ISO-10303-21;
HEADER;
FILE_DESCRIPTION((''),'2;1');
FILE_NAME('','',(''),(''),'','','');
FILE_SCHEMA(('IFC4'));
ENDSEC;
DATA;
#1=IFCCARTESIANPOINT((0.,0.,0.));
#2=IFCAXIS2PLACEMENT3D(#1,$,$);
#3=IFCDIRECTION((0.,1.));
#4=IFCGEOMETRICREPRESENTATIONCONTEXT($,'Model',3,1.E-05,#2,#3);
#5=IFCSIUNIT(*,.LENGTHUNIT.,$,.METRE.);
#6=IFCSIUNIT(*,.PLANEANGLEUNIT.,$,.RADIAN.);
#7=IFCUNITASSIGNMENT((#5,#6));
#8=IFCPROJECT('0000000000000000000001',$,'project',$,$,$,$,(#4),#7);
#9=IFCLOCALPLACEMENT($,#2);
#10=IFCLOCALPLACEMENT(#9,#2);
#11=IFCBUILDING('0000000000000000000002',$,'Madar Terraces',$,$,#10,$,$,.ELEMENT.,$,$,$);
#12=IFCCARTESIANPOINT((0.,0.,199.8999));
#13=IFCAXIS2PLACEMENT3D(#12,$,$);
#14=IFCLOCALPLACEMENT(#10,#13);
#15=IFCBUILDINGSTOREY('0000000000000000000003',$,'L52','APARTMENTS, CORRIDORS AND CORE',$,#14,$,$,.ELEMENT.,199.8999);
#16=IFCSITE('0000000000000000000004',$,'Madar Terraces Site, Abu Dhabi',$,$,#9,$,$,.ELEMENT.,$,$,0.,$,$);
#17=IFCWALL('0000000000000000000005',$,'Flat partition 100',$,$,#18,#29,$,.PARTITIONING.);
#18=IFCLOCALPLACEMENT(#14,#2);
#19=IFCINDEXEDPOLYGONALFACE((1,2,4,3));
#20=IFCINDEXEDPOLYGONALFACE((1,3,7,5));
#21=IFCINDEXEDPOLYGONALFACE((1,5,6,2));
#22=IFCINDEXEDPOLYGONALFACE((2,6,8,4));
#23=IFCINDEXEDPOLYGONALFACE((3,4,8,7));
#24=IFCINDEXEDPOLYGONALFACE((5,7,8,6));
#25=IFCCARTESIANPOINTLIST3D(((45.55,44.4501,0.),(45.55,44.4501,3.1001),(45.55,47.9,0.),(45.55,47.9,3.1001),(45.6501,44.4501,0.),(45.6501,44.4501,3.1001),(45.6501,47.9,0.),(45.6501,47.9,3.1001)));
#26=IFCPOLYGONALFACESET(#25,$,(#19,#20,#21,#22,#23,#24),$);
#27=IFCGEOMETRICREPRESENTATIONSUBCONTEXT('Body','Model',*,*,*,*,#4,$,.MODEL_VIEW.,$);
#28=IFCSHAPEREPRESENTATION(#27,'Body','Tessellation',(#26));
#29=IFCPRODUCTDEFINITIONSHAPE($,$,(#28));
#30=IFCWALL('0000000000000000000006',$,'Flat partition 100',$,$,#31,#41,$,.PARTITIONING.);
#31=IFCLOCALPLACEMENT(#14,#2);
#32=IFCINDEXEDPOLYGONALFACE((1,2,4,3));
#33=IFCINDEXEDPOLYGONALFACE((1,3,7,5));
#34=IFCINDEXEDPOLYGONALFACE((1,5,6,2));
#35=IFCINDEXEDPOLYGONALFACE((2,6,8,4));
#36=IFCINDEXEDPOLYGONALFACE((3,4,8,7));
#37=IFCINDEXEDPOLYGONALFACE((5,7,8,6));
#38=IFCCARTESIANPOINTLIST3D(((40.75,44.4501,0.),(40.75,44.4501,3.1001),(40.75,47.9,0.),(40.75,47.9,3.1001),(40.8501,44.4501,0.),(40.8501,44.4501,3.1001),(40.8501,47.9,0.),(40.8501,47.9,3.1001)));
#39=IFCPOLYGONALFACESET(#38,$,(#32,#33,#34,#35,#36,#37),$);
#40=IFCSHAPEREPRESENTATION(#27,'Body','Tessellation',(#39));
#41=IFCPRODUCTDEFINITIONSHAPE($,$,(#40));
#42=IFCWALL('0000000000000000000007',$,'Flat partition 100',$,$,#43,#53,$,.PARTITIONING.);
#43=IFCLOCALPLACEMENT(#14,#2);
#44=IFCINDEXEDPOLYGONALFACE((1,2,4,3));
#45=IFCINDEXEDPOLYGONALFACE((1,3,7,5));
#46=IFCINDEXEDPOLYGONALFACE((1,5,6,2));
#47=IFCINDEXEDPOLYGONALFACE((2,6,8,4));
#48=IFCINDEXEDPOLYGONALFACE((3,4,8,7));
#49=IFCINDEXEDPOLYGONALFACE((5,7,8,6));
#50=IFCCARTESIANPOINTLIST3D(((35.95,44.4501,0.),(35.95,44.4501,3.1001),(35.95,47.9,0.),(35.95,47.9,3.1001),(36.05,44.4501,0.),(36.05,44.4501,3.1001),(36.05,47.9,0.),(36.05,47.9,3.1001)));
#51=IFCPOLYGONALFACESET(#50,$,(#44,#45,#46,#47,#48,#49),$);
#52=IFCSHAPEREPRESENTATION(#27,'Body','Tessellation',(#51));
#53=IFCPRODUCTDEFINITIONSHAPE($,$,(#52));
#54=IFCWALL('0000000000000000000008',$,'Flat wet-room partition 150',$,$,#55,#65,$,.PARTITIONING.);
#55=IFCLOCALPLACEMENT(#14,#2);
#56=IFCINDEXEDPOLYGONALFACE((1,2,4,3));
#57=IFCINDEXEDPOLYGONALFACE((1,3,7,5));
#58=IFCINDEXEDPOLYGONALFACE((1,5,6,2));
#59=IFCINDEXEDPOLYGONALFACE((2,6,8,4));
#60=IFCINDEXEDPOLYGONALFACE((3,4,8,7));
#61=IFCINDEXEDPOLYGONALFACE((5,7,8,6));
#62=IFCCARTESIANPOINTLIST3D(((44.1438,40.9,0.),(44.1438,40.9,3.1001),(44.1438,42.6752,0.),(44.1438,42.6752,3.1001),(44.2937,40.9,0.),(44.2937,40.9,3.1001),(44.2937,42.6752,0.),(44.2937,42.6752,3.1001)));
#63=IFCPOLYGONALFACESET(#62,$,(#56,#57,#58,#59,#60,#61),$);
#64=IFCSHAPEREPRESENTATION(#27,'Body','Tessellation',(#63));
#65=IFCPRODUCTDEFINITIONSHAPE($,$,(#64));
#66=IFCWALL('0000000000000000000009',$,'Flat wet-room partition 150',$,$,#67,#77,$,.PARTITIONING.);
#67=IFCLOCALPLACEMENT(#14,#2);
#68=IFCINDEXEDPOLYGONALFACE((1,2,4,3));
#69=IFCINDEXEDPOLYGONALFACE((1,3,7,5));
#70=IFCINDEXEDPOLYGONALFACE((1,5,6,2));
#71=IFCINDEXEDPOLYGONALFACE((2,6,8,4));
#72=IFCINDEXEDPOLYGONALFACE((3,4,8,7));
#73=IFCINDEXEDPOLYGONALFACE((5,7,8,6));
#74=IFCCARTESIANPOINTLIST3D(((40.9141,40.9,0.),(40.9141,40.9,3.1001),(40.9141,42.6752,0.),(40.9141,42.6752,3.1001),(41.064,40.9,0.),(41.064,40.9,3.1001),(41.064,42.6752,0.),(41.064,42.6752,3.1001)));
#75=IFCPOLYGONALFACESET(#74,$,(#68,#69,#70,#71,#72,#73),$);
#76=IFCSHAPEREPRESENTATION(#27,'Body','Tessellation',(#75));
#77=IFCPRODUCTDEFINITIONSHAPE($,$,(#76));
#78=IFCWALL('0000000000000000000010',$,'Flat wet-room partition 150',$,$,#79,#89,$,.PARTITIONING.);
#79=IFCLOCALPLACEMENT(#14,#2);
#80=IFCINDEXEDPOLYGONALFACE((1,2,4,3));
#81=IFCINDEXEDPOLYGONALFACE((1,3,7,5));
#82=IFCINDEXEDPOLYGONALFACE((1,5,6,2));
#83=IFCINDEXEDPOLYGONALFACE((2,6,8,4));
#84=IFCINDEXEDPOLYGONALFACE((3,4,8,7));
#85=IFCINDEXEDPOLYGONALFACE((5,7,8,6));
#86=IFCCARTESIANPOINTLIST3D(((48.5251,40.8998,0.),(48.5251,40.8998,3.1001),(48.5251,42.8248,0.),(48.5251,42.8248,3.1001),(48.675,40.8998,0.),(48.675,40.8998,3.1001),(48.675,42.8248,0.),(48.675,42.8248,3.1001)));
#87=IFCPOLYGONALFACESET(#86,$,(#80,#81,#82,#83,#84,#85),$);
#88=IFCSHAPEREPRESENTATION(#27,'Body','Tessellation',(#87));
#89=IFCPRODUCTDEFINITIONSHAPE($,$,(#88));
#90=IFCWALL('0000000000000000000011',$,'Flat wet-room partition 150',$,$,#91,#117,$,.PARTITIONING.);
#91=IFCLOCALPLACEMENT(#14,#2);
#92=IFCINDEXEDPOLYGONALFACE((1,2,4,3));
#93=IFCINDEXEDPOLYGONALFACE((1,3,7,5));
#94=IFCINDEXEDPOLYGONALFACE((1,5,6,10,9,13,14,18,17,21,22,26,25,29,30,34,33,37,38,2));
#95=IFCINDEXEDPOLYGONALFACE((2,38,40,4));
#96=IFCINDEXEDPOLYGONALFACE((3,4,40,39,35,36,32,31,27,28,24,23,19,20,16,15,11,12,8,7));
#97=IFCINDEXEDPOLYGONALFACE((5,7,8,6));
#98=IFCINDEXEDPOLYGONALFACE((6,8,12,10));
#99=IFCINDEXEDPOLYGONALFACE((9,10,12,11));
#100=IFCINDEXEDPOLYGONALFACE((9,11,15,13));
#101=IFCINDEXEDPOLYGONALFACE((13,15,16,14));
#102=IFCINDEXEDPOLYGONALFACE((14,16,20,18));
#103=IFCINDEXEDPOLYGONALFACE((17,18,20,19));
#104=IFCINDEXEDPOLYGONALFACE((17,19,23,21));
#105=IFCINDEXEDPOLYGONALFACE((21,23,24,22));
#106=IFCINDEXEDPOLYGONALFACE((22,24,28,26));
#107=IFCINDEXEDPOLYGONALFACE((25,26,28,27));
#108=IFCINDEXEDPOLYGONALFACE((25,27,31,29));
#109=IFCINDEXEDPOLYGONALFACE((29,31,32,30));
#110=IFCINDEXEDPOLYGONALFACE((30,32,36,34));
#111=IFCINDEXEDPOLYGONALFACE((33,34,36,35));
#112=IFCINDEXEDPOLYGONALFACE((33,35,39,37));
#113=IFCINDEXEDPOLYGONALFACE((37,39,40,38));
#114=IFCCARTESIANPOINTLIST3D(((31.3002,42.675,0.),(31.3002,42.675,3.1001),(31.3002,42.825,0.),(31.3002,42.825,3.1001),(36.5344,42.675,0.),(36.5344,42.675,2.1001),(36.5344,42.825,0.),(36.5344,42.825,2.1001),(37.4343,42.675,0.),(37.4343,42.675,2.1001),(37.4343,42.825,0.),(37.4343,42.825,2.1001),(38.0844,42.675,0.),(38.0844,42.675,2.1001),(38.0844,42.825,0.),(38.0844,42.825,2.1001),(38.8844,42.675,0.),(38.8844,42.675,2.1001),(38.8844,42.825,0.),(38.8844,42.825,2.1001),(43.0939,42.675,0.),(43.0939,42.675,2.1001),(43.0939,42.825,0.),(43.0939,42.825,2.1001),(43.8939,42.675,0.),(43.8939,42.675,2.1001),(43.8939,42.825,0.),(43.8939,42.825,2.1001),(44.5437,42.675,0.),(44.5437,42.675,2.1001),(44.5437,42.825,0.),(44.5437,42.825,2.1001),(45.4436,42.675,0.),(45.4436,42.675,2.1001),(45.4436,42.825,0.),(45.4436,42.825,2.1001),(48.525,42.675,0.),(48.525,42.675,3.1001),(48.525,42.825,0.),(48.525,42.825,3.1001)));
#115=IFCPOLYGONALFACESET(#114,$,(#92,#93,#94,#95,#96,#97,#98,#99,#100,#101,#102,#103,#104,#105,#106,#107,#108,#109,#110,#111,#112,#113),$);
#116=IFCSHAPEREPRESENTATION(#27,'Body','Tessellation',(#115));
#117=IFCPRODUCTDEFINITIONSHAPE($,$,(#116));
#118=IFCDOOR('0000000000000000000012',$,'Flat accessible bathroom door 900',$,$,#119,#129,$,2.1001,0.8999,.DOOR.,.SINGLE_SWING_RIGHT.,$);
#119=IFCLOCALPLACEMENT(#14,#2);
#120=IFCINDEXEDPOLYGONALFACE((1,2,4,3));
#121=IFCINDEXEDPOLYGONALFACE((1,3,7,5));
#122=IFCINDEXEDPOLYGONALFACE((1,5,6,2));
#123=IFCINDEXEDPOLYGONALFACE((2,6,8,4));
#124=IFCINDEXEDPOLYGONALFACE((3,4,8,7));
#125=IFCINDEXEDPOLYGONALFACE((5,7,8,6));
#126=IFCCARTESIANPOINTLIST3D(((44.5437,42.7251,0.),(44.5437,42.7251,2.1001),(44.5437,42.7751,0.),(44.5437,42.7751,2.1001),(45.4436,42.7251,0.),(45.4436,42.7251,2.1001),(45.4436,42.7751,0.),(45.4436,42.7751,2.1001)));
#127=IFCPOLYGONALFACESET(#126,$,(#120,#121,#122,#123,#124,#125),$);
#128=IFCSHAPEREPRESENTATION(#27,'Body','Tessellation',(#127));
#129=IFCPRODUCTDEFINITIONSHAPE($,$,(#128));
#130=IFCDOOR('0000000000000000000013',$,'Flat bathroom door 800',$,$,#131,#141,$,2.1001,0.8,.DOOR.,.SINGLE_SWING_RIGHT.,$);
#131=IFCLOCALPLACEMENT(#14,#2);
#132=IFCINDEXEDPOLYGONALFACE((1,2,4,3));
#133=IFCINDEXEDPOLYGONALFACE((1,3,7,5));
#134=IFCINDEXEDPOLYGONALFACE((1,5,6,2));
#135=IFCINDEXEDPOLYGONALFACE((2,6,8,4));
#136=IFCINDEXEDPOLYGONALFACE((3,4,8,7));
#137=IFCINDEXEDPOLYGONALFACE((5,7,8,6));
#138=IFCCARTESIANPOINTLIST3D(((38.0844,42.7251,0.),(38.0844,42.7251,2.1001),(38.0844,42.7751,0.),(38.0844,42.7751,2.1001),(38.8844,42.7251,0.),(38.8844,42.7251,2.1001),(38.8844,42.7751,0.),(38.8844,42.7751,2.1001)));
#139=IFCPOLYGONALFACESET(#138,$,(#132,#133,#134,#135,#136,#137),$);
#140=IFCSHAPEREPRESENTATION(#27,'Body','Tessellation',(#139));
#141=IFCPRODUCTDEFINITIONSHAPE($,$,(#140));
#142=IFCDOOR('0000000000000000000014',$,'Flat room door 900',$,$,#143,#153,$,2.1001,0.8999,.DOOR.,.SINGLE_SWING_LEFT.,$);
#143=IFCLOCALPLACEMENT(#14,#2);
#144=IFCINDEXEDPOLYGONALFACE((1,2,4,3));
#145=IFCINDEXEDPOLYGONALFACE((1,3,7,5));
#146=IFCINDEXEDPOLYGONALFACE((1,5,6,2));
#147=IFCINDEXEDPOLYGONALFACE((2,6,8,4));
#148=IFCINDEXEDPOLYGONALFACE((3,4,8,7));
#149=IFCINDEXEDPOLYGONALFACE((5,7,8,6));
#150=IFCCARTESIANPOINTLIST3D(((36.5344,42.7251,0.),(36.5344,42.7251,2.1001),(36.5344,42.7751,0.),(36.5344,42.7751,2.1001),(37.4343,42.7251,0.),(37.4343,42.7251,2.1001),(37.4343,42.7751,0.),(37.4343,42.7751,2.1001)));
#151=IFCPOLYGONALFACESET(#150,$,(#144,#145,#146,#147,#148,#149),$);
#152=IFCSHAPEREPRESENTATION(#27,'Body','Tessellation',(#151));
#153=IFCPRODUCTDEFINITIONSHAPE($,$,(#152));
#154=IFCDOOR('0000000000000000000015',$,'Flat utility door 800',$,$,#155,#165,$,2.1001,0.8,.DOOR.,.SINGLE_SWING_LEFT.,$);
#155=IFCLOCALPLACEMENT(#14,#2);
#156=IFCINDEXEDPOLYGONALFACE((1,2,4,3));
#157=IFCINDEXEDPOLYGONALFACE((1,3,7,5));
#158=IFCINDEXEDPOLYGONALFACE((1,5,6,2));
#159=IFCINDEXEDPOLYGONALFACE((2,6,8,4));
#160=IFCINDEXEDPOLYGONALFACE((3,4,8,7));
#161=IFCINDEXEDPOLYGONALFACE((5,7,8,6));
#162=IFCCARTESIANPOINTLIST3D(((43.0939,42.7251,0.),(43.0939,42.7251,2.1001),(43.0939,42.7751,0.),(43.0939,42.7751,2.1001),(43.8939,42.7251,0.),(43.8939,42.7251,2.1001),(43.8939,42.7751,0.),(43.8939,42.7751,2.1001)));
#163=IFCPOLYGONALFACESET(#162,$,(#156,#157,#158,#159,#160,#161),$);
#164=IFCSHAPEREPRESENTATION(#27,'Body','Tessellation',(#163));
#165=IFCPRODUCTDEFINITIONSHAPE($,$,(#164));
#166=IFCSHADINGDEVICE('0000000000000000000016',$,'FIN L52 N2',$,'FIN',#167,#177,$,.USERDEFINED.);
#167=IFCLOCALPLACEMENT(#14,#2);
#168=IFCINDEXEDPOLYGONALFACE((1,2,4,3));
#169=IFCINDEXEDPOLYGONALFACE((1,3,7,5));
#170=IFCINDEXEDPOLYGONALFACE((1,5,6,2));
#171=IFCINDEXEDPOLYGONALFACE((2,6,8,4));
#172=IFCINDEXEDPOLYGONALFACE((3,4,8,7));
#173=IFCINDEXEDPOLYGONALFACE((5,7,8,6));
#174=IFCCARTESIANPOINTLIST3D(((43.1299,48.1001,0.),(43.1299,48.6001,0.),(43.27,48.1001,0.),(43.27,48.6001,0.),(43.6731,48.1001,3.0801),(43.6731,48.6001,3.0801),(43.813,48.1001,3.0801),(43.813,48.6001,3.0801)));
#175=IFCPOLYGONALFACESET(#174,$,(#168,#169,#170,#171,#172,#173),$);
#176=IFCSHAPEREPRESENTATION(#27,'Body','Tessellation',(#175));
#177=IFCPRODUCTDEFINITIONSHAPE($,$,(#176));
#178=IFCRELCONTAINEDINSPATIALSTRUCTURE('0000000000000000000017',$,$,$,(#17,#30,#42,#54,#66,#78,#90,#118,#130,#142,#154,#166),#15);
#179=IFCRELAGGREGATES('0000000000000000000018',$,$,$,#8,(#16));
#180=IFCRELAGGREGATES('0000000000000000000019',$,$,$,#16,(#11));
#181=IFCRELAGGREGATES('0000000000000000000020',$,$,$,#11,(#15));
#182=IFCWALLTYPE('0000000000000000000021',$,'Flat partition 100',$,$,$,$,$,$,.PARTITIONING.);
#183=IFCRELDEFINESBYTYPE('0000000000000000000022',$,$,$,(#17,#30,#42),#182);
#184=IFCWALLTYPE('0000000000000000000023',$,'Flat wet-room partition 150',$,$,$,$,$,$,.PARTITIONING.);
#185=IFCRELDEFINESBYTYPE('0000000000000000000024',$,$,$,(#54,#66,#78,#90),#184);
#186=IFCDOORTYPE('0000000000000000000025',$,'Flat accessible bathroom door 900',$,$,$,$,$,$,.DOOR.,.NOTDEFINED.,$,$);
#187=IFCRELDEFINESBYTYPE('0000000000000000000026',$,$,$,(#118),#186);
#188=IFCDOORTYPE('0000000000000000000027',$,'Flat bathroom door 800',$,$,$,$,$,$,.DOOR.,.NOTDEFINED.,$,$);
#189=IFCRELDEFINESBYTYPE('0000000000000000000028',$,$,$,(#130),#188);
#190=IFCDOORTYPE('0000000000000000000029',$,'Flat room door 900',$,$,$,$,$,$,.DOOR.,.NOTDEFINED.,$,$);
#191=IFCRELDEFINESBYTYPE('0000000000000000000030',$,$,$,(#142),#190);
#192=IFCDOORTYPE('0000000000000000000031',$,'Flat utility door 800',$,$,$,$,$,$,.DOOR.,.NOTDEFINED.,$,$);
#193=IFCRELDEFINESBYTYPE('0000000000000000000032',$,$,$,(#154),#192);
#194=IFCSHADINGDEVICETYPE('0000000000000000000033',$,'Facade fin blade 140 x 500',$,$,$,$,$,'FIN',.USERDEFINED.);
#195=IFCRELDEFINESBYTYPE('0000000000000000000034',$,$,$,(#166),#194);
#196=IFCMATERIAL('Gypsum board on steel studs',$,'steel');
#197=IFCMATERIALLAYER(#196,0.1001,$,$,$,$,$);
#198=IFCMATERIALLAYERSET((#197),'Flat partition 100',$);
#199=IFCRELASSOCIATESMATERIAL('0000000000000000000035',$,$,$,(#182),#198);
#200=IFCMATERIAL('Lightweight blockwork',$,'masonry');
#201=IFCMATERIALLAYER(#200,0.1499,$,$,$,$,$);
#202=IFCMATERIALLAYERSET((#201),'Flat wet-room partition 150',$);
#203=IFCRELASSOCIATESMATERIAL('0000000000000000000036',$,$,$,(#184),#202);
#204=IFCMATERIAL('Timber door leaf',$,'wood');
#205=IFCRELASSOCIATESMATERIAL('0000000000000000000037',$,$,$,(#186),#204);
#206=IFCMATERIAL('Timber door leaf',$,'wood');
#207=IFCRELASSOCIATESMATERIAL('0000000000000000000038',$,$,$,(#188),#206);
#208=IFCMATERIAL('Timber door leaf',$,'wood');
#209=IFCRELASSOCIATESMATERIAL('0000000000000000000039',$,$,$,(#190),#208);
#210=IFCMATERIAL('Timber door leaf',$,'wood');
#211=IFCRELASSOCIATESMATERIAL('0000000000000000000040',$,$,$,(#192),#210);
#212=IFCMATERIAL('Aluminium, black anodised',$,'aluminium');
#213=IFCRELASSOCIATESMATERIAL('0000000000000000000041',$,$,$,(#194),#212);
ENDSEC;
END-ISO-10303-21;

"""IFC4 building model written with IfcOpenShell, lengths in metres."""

from ifc_helpers import new_model, si_unit, direction, frame, frame_2d, origin, place, context, subcontext, project, spatial, polyline, rectangle, outline, extrude, material, layer, layer_set, type_object, element, fill, save


model = new_model("IFC4")

# Units and contexts
model_context = context("Model", 3, precision=1e-05, world=origin(), true_north=direction((0.0, 1.0)))
body_context = subcontext(model_context, "Body", "Model", "MODEL_VIEW")
ifc_project = project(units=[si_unit("LENGTHUNIT", "METRE"), si_unit("PLANEANGLEUNIT", "RADIAN")], contexts=[model_context])

# Site, building, storey
site_placement = place(None, origin())
site = spatial("IfcSite", under=ifc_project, at=site_placement, Name="Madar Terraces Site, Abu Dhabi", CompositionType="ELEMENT", RefElevation=0.0)
building_placement = place(site_placement, origin())
building = spatial("IfcBuilding", under=site, at=building_placement, Name="Madar Terraces", CompositionType="ELEMENT")
storey_placement = place(building_placement, frame((0.0, 0.0, 199.8999)))
storey = spatial("IfcBuildingStorey", under=building, at=storey_placement, Name="L52", Description="APARTMENTS, CORRIDORS AND CORE", CompositionType="ELEMENT", Elevation=199.8999)

# Walls
ifc_material_1 = material(Name="Gypsum board on steel studs", Category="steel")
ifc_layer_1 = layer(ifc_material_1, 0.1001)
ifc_layer_set_1 = layer_set([ifc_layer_1], Name="Flat partition 100")
wall_type_1 = type_object("IfcWallType", Name="Flat partition 100", PredefinedType="PARTITIONING", material=ifc_layer_set_1)
for number, where, z_axis, x_axis, name in (
    (1, (45.6001, 44.45, 0.0), (0.0, 0.0, 1.0), (0.0, 1.0, 0.0), "Flat partition 100"),
    (2, (40.8, 44.45, 0.0), (0.0, 0.0, 1.0), (0.0, 1.0, 0.0), "Flat partition 100"),
    (3, (36.0, 44.45, 0.0), (0.0, 0.0, 1.0), (0.0, 1.0, 0.0), "Flat partition 100"),
):
    element("IfcWall", number, at=place(storey_placement, frame(where, z_axis=z_axis, x_axis=x_axis)), inside=storey, type_object=wall_type_1, Name=name, PredefinedType="PARTITIONING", context=body_context, shape_type="SweptSolid", body=[
        extrude(rectangle(XDim=3.45, YDim=0.1001, at=frame_2d((1.7251, 0.0))), origin(), (0.0, 0.0, 1.0), 3.1001),
    ])
ifc_material_2 = material(Name="Lightweight blockwork", Category="masonry")
ifc_layer_2 = layer(ifc_material_2, 0.1499)
ifc_layer_set_2 = layer_set([ifc_layer_2], Name="Flat wet-room partition 150")
wall_type_2 = type_object("IfcWallType", Name="Flat wet-room partition 150", PredefinedType="PARTITIONING", material=ifc_layer_set_2)
for number, where, z_axis, x_axis, name in (
    (4, (44.2188, 40.8999, 0.0), (0.0, 0.0, 1.0), (0.0, 1.0, 0.0), "Flat wet-room partition 150"),
    (5, (40.989, 40.8999, 0.0), (0.0, 0.0, 1.0), (0.0, 1.0, 0.0), "Flat wet-room partition 150"),
):
    element("IfcWall", number, at=place(storey_placement, frame(where, z_axis=z_axis, x_axis=x_axis)), inside=storey, type_object=wall_type_2, Name=name, PredefinedType="PARTITIONING", context=body_context, shape_type="SweptSolid", body=[
        extrude(rectangle(XDim=1.7751, YDim=0.1499, at=frame_2d((0.8877, 0.0))), origin(), (0.0, 0.0, 1.0), 3.1001),
    ])
wall_1_placement = place(storey_placement, frame((48.6001, 40.8999, 0.0), z_axis=(0.0, 0.0, 1.0), x_axis=(0.0, 1.0, 0.0)))
element("IfcWall", 6, at=wall_1_placement, inside=storey, type_object=wall_type_2, Name="Flat wet-room partition 150", PredefinedType="PARTITIONING", context=body_context, shape_type="SweptSolid", body=[
    extrude(rectangle(XDim=1.925, YDim=0.1499, at=frame_2d((0.9624, 0.0))), origin(), (0.0, 0.0, 1.0), 3.1001),
])

# Wall, openings, doors
wall_2_placement = place(storey_placement, frame((48.5249, 42.75, 0.0), z_axis=(0.0, 0.0, 1.0), x_axis=(-1.0, 0.0, 0.0)))
wall_2 = element("IfcWall", 7, at=wall_2_placement, inside=storey, type_object=wall_type_2, Name="Flat wet-room partition 150", PredefinedType="PARTITIONING", context=body_context, shape_type="SweptSolid", body=[
    extrude(rectangle(XDim=17.2249, YDim=0.1499, at=frame_2d((8.6123, 0.0))), origin(), (0.0, 0.0, 1.0), 3.1001),
])
opening_1_placement = place(wall_2_placement, frame((3.0813, 0.0, 0.0)))
opening_1 = element("IfcOpeningElement", 8, at=opening_1_placement, cuts=wall_2, PredefinedType="OPENING", context=body_context, shape_type="SweptSolid", body=[
    extrude(rectangle(XDim=0.8999, YDim=2.1001, at=frame_2d((0.45, 1.05))), frame((0.0, 0.085, 0.0), z_axis=(0.0, -1.0, 0.0), x_axis=(1.0, 0.0, 0.0)), (0.0, 0.0, 1.0), 0.1699),
])
opening_2_placement = place(wall_2_placement, frame((4.6311, 0.0, 0.0)))
opening_2 = element("IfcOpeningElement", 9, at=opening_2_placement, cuts=wall_2, PredefinedType="OPENING", context=body_context, shape_type="SweptSolid", body=[
    extrude(rectangle(XDim=0.8, YDim=2.1001, at=frame_2d((0.3999, 1.05))), frame((0.0, 0.085, 0.0), z_axis=(0.0, -1.0, 0.0), x_axis=(1.0, 0.0, 0.0)), (0.0, 0.0, 1.0), 0.1699),
])
opening_3_placement = place(wall_2_placement, frame((9.6406, 0.0, 0.0)))
opening_3 = element("IfcOpeningElement", 10, at=opening_3_placement, cuts=wall_2, PredefinedType="OPENING", context=body_context, shape_type="SweptSolid", body=[
    extrude(rectangle(XDim=0.8, YDim=2.1001, at=frame_2d((0.3999, 1.05))), frame((0.0, 0.085, 0.0), z_axis=(0.0, -1.0, 0.0), x_axis=(1.0, 0.0, 0.0)), (0.0, 0.0, 1.0), 0.1699),
])
opening_4_placement = place(wall_2_placement, frame((11.0906, 0.0, 0.0)))
opening_4 = element("IfcOpeningElement", 11, at=opening_4_placement, cuts=wall_2, PredefinedType="OPENING", context=body_context, shape_type="SweptSolid", body=[
    extrude(rectangle(XDim=0.8999, YDim=2.1001, at=frame_2d((0.45, 1.05))), frame((0.0, 0.085, 0.0), z_axis=(0.0, -1.0, 0.0), x_axis=(1.0, 0.0, 0.0)), (0.0, 0.0, 1.0), 0.1699),
])
ifc_material_3 = material(Name="Timber door leaf", Category="wood")
door_type_1 = type_object("IfcDoorType", Name="Flat accessible bathroom door 900", OperationType="NOTDEFINED", PredefinedType="DOOR", material=ifc_material_3)
door_1_placement = place(opening_1_placement, origin())
door_1 = element("IfcDoor", 12, at=door_1_placement, inside=storey, type_object=door_type_1, Name="Flat accessible bathroom door 900", OperationType="SINGLE_SWING_RIGHT", OverallHeight=2.1001, OverallWidth=0.8999, PredefinedType="DOOR", context=body_context, shape_type="SweptSolid", body=[
    extrude(rectangle(XDim=0.8999, YDim=2.1001, at=frame_2d((0.45, 1.05))), frame((0.0, 0.0249, 0.0), z_axis=(0.0, -1.0, 0.0), x_axis=(1.0, 0.0, 0.0)), (0.0, 0.0, 1.0), 0.05),
])
fill(opening_1, door_1)
ifc_material_4 = material(Name="Timber door leaf", Category="wood")
door_type_2 = type_object("IfcDoorType", Name="Flat bathroom door 800", OperationType="NOTDEFINED", PredefinedType="DOOR", material=ifc_material_4)
door_2_placement = place(opening_3_placement, origin())
door_2 = element("IfcDoor", 13, at=door_2_placement, inside=storey, type_object=door_type_2, Name="Flat bathroom door 800", OperationType="SINGLE_SWING_RIGHT", OverallHeight=2.1001, OverallWidth=0.8, PredefinedType="DOOR", context=body_context, shape_type="SweptSolid", body=[
    extrude(rectangle(XDim=0.8, YDim=2.1001, at=frame_2d((0.3999, 1.05))), frame((0.0, 0.0249, 0.0), z_axis=(0.0, -1.0, 0.0), x_axis=(1.0, 0.0, 0.0)), (0.0, 0.0, 1.0), 0.05),
])
fill(opening_3, door_2)
ifc_material_5 = material(Name="Timber door leaf", Category="wood")
door_type_3 = type_object("IfcDoorType", Name="Flat room door 900", OperationType="NOTDEFINED", PredefinedType="DOOR", material=ifc_material_5)
door_3_placement = place(opening_4_placement, origin())
door_3 = element("IfcDoor", 14, at=door_3_placement, inside=storey, type_object=door_type_3, Name="Flat room door 900", OperationType="SINGLE_SWING_LEFT", OverallHeight=2.1001, OverallWidth=0.8999, PredefinedType="DOOR", context=body_context, shape_type="SweptSolid", body=[
    extrude(rectangle(XDim=0.8999, YDim=2.1001, at=frame_2d((0.45, 1.05))), frame((0.0, 0.0249, 0.0), z_axis=(0.0, -1.0, 0.0), x_axis=(1.0, 0.0, 0.0)), (0.0, 0.0, 1.0), 0.05),
])
fill(opening_4, door_3)
ifc_material_6 = material(Name="Timber door leaf", Category="wood")
door_type_4 = type_object("IfcDoorType", Name="Flat utility door 800", OperationType="NOTDEFINED", PredefinedType="DOOR", material=ifc_material_6)
door_4_placement = place(opening_2_placement, origin())
door_4 = element("IfcDoor", 15, at=door_4_placement, inside=storey, type_object=door_type_4, Name="Flat utility door 800", OperationType="SINGLE_SWING_LEFT", OverallHeight=2.1001, OverallWidth=0.8, PredefinedType="DOOR", context=body_context, shape_type="SweptSolid", body=[
    extrude(rectangle(XDim=0.8, YDim=2.1001, at=frame_2d((0.3999, 1.05))), frame((0.0, 0.0249, 0.0), z_axis=(0.0, -1.0, 0.0), x_axis=(1.0, 0.0, 0.0)), (0.0, 0.0, 1.0), 0.05),
])
fill(opening_2, door_4)

# Shading device
ifc_material_7 = material(Name="Aluminium, black anodised", Category="aluminium")
shading_device_type = type_object("IfcShadingDeviceType", Name="Facade fin blade 140 x 500", ElementType="FIN", PredefinedType="USERDEFINED", material=ifc_material_7)
shading_device_1_placement = place(storey_placement, frame((43.27, 48.3501, 0.0), z_axis=(0.0, 0.0, 1.0), x_axis=(-1.0, 0.0, 0.0)))
element("IfcShadingDevice", 16, at=shading_device_1_placement, inside=storey, type_object=shading_device_type, Name="FIN L52 N2", ObjectType="FIN", PredefinedType="USERDEFINED", context=body_context, shape_type="SweptSolid", body=[
    extrude(outline(polyline([(0.0, 0.0), (0.1401, 0.0), (-0.4031, 3.0801), (-0.543, 3.0801), (0.0, 0.0)])), frame((0.0, 0.25, 0.0), z_axis=(0.0, -1.0, 0.0), x_axis=(1.0, 0.0, 0.0)), (0.0, 0.0, 1.0), 0.5),
])

save(model, "model.ifc")
